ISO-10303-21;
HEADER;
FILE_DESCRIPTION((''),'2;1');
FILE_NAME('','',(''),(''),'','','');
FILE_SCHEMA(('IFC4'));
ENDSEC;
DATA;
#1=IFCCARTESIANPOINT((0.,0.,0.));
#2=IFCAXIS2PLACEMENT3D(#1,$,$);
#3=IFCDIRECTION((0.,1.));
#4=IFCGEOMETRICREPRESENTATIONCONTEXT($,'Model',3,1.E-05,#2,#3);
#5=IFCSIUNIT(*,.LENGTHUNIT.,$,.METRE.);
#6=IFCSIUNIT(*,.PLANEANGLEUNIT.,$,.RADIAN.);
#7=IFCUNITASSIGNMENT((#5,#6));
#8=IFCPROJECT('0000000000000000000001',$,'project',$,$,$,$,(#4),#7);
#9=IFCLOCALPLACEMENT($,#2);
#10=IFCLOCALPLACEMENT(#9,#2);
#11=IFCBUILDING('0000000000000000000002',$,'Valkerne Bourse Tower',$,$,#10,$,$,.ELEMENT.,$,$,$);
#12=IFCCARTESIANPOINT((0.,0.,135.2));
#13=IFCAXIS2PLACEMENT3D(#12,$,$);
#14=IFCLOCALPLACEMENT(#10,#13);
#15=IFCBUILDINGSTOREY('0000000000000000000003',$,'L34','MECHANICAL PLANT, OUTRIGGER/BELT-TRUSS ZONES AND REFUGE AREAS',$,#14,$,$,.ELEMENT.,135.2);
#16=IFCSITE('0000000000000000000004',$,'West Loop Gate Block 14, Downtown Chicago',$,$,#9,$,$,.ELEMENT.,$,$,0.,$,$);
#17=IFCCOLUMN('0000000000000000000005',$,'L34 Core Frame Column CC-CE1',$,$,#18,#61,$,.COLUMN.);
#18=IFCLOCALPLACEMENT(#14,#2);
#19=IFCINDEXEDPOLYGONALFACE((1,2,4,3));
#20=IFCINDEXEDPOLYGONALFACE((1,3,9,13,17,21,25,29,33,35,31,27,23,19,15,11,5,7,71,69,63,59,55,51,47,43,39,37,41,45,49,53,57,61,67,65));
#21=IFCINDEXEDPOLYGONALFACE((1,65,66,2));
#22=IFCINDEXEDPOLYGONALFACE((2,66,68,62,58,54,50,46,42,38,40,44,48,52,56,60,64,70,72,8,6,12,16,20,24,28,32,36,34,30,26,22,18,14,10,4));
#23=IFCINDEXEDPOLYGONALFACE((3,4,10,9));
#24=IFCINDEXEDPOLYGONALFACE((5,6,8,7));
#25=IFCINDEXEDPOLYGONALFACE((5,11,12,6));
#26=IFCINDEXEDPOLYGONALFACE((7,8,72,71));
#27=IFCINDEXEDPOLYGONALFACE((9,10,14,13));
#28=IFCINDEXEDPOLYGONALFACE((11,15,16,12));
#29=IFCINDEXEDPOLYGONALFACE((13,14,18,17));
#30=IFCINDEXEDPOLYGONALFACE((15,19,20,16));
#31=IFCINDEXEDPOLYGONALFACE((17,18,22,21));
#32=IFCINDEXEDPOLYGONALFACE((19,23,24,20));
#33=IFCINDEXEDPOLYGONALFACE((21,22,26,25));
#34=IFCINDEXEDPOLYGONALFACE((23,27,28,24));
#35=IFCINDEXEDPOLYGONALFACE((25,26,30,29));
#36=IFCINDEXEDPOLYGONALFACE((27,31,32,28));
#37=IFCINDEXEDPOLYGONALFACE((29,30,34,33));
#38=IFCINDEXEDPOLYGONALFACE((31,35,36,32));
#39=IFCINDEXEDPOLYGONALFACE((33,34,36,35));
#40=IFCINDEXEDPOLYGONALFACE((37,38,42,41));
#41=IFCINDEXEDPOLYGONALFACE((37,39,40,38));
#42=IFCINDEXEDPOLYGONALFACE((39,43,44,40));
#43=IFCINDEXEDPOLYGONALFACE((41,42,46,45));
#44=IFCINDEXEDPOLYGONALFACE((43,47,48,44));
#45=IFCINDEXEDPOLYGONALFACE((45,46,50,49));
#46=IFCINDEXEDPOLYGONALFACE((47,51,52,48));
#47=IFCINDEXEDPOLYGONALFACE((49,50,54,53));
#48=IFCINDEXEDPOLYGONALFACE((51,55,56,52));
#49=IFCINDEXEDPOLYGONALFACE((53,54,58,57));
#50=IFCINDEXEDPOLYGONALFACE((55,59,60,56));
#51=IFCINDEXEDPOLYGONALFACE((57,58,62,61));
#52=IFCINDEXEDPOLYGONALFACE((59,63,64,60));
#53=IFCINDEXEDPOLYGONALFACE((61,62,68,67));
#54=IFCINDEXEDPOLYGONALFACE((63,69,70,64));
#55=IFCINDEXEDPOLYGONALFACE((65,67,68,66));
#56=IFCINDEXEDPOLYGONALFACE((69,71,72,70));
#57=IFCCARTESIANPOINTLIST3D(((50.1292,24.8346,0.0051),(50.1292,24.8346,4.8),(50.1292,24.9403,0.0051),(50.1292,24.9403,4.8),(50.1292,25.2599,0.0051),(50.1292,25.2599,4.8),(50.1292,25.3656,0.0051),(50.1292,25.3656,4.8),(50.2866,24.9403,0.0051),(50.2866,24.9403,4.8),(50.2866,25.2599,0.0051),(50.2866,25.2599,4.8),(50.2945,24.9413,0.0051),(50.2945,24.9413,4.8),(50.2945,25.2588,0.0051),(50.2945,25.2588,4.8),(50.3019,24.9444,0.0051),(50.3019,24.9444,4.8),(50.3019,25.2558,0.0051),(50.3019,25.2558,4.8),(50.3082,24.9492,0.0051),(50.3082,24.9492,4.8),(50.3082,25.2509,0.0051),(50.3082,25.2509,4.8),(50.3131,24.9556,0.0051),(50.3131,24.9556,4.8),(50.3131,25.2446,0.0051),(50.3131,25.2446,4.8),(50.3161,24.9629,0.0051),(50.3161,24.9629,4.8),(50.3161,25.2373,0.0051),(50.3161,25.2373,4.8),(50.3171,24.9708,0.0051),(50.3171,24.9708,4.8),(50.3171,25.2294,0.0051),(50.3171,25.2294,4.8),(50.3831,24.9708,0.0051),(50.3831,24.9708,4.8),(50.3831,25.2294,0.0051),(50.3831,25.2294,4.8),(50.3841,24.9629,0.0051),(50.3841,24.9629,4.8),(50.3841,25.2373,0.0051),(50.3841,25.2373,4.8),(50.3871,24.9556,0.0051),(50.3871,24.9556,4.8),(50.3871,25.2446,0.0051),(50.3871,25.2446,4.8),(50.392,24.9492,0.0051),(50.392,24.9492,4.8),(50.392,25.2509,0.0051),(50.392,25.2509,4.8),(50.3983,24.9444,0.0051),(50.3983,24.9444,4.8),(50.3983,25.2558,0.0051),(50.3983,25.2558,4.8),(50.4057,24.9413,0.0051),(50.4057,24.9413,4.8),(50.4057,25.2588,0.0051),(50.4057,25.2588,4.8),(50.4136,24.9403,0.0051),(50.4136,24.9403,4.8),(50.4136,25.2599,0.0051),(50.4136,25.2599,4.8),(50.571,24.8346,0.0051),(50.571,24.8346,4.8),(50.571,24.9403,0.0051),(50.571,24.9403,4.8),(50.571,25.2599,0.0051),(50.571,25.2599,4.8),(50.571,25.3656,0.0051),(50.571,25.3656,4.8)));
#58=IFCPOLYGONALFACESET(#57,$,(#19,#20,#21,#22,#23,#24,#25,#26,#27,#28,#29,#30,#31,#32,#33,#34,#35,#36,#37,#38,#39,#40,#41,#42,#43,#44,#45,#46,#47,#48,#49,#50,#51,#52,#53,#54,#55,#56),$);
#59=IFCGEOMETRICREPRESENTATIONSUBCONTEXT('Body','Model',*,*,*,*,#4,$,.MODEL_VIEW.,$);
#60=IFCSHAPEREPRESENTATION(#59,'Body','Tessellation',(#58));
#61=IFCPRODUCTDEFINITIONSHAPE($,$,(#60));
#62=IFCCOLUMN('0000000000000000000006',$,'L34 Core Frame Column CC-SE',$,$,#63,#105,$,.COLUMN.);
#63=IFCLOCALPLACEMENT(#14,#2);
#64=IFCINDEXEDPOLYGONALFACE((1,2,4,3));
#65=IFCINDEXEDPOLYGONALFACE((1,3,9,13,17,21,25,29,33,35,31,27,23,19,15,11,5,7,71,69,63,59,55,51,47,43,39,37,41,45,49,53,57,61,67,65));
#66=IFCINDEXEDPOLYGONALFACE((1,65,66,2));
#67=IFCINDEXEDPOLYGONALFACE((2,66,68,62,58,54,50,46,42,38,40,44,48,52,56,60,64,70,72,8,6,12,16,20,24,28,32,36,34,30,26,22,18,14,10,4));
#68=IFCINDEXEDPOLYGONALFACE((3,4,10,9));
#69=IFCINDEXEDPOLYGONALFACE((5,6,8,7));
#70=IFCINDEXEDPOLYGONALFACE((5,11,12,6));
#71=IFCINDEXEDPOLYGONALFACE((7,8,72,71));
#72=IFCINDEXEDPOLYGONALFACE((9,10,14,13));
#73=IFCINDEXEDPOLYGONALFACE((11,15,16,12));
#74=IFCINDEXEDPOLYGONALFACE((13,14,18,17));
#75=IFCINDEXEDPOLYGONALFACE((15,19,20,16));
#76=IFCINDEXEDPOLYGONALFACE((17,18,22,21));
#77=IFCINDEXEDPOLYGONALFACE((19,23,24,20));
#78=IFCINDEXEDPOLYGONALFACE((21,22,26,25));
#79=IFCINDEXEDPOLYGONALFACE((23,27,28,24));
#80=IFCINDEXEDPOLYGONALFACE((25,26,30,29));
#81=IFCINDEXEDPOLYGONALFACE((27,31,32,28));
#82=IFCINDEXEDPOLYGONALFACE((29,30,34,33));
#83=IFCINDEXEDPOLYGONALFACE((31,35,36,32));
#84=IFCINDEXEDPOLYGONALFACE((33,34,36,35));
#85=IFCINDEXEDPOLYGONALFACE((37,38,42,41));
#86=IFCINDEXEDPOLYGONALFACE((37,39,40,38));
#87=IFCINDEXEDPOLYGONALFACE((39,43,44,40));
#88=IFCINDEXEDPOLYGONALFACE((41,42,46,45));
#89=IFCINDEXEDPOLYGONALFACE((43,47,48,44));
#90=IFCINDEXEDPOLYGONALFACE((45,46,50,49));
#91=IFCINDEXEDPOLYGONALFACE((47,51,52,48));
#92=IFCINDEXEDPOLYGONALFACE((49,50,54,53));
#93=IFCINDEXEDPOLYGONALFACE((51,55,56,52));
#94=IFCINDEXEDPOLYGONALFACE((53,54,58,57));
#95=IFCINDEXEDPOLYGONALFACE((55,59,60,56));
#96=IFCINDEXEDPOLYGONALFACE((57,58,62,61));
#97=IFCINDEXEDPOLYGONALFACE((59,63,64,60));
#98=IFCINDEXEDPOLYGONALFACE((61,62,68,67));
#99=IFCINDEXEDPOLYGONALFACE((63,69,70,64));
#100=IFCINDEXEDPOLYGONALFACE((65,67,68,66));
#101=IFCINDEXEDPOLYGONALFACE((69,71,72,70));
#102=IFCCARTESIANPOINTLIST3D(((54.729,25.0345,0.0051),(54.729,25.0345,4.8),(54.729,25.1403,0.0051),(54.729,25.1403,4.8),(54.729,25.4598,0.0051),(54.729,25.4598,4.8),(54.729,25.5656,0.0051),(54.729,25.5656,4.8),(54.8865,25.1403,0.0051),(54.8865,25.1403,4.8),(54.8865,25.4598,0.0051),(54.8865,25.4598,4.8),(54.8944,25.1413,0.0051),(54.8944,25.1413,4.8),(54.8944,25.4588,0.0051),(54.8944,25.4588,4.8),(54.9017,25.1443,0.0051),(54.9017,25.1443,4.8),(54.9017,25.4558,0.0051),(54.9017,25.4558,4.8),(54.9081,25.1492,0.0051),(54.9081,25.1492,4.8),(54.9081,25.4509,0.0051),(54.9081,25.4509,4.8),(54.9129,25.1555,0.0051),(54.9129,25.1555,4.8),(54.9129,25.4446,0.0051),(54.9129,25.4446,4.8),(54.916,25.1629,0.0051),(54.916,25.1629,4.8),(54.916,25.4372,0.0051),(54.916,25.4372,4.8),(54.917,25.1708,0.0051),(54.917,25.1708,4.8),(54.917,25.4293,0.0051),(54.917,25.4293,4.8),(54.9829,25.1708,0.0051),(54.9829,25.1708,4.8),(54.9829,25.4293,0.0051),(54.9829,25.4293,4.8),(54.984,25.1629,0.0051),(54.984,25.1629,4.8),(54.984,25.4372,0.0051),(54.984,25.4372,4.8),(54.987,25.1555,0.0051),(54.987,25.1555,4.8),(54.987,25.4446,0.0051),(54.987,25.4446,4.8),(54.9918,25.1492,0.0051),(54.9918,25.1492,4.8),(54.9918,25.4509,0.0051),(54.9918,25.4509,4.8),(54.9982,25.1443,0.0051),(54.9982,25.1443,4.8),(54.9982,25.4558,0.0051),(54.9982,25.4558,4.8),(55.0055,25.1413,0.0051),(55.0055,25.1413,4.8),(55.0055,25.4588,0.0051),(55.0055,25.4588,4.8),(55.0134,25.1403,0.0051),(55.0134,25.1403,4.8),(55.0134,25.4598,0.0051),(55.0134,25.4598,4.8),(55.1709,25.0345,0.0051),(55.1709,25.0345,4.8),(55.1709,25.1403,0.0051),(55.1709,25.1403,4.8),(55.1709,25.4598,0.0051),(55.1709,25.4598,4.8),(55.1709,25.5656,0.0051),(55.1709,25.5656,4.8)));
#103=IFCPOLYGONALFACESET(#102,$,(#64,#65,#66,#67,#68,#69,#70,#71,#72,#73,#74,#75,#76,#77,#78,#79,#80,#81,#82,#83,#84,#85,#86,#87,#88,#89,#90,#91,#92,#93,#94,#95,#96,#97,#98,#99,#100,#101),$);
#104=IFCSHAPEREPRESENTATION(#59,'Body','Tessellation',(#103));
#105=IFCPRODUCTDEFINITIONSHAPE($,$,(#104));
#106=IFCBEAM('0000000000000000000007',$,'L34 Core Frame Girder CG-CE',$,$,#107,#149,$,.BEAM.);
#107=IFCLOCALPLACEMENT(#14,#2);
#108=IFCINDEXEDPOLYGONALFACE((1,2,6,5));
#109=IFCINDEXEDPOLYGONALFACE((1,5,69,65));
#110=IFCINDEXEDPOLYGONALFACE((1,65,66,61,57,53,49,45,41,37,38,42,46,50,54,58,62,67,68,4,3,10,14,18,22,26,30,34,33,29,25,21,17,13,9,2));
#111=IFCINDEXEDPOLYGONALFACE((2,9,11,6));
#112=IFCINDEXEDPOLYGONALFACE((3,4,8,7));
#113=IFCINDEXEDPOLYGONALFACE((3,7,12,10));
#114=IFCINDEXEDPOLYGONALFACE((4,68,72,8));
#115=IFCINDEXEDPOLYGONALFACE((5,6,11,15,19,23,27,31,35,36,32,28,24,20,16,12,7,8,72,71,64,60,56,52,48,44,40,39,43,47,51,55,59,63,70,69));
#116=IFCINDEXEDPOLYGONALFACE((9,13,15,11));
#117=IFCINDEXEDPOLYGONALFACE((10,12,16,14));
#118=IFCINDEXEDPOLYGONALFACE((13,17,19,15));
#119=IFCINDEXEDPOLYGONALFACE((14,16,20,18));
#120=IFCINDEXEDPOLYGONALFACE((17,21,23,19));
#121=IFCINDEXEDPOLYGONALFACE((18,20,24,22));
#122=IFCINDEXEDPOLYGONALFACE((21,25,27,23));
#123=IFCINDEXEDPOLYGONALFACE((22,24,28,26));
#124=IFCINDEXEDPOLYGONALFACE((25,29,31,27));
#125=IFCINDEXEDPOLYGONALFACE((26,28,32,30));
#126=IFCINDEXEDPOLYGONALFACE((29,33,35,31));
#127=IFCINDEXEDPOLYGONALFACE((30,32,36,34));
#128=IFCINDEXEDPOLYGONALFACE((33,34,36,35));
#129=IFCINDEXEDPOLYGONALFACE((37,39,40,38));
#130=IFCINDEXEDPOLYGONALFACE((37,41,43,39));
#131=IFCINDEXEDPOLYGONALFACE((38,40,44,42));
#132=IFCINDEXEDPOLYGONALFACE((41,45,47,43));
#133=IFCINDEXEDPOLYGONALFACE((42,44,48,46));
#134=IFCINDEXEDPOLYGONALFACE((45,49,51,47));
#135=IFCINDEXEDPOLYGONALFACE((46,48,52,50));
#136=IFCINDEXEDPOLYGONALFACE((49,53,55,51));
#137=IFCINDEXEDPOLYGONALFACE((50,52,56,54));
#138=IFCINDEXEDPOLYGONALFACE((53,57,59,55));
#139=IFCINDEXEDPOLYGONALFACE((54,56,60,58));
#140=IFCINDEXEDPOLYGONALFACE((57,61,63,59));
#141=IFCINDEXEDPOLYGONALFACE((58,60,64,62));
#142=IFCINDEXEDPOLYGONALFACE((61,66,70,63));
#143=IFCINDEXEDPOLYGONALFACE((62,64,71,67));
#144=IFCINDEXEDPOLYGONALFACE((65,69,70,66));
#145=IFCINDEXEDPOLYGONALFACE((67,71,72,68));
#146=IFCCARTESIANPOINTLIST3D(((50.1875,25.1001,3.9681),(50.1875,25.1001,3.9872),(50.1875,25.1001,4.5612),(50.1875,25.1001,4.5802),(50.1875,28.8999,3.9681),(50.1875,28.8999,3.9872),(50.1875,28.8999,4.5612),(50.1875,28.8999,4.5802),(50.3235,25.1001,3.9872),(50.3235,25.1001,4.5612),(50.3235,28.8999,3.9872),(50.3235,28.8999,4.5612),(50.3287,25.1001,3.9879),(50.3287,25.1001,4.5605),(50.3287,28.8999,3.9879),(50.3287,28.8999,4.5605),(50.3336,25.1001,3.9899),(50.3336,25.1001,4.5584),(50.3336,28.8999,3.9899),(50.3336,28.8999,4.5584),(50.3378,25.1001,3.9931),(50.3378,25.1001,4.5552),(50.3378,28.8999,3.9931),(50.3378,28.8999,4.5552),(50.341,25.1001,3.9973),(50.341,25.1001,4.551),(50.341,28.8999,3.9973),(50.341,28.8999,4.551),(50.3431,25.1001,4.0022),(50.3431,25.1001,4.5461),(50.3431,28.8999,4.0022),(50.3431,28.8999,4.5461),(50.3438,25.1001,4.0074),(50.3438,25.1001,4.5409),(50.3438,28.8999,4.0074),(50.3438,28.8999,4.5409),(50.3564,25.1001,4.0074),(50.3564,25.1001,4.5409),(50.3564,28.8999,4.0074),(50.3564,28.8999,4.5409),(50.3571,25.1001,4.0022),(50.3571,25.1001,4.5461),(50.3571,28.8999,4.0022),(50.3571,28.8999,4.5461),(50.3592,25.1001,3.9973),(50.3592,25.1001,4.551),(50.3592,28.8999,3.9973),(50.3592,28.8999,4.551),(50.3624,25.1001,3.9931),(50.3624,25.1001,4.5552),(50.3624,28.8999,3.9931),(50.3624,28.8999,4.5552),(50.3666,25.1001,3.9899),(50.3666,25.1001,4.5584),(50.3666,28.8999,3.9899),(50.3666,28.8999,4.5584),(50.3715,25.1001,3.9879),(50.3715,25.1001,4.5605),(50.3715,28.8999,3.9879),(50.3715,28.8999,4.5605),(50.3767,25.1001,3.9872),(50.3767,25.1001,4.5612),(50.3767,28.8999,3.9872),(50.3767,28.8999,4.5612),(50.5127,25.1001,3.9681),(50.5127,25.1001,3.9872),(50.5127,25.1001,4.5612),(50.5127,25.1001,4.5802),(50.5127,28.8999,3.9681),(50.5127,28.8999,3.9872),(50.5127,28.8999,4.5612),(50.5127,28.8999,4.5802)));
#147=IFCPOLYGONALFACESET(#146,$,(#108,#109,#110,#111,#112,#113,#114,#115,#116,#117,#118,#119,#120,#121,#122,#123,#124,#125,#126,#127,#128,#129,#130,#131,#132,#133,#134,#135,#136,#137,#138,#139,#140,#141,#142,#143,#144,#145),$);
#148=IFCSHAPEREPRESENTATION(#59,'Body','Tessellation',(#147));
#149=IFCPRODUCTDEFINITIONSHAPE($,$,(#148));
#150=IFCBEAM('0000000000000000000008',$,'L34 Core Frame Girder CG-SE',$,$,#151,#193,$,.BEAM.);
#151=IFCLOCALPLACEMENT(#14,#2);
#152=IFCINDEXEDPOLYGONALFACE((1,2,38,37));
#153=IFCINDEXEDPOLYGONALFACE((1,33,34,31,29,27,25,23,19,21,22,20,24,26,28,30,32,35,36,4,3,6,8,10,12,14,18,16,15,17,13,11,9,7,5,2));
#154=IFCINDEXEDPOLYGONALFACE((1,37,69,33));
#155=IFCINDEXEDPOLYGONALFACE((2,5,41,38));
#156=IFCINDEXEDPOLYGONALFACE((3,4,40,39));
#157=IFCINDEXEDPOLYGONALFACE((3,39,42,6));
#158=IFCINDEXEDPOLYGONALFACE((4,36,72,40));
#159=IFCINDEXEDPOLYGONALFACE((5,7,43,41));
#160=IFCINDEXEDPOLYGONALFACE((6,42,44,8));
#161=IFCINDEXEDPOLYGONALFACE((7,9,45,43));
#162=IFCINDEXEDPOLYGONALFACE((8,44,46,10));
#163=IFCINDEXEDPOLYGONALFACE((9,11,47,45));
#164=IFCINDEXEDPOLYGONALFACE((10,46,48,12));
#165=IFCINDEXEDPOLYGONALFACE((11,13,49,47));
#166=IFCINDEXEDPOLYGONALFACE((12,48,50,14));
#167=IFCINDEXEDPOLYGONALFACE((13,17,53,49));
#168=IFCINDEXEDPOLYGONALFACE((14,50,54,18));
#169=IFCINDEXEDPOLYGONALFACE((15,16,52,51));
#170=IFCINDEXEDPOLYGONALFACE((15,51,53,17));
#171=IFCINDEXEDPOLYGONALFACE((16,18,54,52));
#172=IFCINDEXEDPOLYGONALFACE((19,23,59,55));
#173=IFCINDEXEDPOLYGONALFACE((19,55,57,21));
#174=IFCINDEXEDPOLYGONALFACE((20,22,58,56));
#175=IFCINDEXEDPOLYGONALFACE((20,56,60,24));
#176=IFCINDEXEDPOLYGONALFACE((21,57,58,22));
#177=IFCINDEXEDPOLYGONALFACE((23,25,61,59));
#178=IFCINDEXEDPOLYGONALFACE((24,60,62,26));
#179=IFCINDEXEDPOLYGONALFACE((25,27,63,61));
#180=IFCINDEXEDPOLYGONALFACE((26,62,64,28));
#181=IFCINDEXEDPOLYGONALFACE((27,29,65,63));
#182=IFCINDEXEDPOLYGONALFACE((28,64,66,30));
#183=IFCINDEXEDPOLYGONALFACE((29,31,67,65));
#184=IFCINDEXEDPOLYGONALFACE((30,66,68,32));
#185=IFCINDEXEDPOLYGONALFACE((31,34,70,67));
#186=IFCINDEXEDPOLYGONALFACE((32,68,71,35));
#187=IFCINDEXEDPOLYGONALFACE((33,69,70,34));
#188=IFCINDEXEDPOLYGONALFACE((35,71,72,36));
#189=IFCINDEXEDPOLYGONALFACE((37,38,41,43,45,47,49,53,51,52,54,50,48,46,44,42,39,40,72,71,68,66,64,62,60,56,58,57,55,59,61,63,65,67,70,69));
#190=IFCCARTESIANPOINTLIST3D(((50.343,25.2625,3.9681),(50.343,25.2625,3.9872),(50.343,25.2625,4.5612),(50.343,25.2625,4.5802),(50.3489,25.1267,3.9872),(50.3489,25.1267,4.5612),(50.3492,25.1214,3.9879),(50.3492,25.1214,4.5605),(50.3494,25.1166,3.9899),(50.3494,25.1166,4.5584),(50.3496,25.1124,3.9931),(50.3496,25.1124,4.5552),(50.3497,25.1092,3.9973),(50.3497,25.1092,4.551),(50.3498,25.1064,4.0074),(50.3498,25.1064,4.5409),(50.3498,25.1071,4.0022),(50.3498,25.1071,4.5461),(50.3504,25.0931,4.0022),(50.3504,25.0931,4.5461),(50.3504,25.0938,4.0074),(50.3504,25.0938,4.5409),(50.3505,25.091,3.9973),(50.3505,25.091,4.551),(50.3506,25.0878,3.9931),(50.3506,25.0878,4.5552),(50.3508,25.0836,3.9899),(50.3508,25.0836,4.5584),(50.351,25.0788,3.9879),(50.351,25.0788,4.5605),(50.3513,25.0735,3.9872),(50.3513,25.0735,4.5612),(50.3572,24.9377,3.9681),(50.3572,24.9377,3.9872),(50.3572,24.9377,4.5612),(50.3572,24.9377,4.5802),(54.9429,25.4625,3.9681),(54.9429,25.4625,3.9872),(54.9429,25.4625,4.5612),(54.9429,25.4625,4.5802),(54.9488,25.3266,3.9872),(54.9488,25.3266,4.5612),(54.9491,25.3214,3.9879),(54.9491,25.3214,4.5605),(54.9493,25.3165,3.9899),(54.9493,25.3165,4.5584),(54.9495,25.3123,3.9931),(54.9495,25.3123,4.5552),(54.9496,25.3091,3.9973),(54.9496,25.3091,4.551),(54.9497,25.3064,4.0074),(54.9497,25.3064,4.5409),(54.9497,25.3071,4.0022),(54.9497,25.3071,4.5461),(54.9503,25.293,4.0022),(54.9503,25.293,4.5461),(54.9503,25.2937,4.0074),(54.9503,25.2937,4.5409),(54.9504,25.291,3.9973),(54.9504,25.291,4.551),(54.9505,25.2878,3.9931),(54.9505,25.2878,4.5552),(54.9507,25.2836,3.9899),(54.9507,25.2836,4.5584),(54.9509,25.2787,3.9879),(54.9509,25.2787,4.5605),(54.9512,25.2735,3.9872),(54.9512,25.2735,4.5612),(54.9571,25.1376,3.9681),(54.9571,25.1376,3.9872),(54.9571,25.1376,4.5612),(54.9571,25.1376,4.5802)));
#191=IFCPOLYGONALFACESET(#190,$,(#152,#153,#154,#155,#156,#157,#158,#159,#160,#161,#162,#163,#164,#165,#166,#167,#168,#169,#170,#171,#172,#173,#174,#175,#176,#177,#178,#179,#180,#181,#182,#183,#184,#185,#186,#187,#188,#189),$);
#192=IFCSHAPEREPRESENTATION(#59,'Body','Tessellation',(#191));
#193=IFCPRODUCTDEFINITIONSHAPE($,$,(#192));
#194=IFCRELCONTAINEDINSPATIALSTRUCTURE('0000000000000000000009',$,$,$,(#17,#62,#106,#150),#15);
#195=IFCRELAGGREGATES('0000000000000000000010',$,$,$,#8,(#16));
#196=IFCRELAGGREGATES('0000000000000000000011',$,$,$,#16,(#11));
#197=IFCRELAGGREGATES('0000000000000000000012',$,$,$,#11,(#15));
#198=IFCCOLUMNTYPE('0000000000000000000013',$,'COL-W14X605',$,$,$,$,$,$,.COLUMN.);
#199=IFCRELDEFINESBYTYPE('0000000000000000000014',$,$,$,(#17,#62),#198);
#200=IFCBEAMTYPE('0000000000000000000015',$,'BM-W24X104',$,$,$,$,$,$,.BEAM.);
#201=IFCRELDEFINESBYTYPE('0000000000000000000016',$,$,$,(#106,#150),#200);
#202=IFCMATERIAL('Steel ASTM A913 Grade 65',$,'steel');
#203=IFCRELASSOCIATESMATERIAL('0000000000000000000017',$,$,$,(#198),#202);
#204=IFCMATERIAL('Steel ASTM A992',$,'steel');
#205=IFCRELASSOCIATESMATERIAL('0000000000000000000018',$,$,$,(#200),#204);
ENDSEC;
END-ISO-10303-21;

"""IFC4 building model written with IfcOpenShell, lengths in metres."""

from ifc_helpers import new_model, si_unit, direction, frame, origin, origin_2d, place, context, subcontext, project, spatial, i_section, extrude, material, material_profile, profile_set, type_object, element, save


model = new_model("IFC4")

# Units and contexts
model_context = context("Model", 3, precision=1e-05, world=origin(), true_north=direction((0.0, 1.0)))
body_context = subcontext(model_context, "Body", "Model", "MODEL_VIEW")
ifc_project = project(units=[si_unit("LENGTHUNIT", "METRE"), si_unit("PLANEANGLEUNIT", "RADIAN")], contexts=[model_context])

# Site, building, storey
site_placement = place(None, origin())
site = spatial("IfcSite", under=ifc_project, at=site_placement, Name="West Loop Gate Block 14, Downtown Chicago", CompositionType="ELEMENT", RefElevation=0.0)
building_placement = place(site_placement, origin())
building = spatial("IfcBuilding", under=site, at=building_placement, Name="Valkerne Bourse Tower", CompositionType="ELEMENT")
storey_placement = place(building_placement, frame((0.0, 0.0, 135.2)))
storey = spatial("IfcBuildingStorey", under=building, at=storey_placement, Name="L34", Description="MECHANICAL PLANT, OUTRIGGER/BELT-TRUSS ZONES AND REFUGE AREAS", CompositionType="ELEMENT", Elevation=135.2)

# Columns
ifc_material_1 = material(Name="Steel ASTM A913 Grade 65", Category="steel")
ifc_material_profile_1 = material_profile(ifc_material_1, i_section(OverallWidth=0.4419, OverallDepth=0.531, WebThickness=0.0659, FlangeThickness=0.1057, FilletRadius=0.0305, at=origin_2d()), Name="W14X605")
ifc_profile_set_1 = profile_set([ifc_material_profile_1], Name="Steel ASTM A913 Grade 65")
column_type = type_object("IfcColumnType", Name="COL-W14X605", PredefinedType="COLUMN", material=ifc_profile_set_1)
for number, where, z_axis, x_axis, name in (
    (1, (50.3501, 25.1001, 0.0051), (0.0, 0.0, 1.0), (1.0, 0.0, 0.0), "L34 Core Frame Column CC-CE1"),
    (2, (54.95, 25.3, 0.0051), (0.0, 0.0, 1.0), (1.0, 0.0, 0.0), "L34 Core Frame Column CC-SE"),
):
    element("IfcColumn", number, at=place(storey_placement, frame(where, z_axis=z_axis, x_axis=x_axis)), inside=storey, type_object=column_type, Name=name, PredefinedType="COLUMN", context=body_context, shape_type="SweptSolid", body=[
        extrude(i_section(OverallWidth=0.4419, OverallDepth=0.531, WebThickness=0.0659, FlangeThickness=0.1057, FilletRadius=0.0305, at=origin_2d()), origin(), (0.0, 0.0, 1.0), 4.7949),
    ])

# Beams
ifc_material_2 = material(Name="Steel ASTM A992", Category="steel")
ifc_material_profile_2 = material_profile(ifc_material_2, i_section(OverallWidth=0.3252, OverallDepth=0.6121, WebThickness=0.0127, FlangeThickness=0.019, FilletRadius=0.0203, at=origin_2d()), Name="W24X104")
ifc_profile_set_2 = profile_set([ifc_material_profile_2], Name="Steel ASTM A992")
beam_type = type_object("IfcBeamType", Name="BM-W24X104", PredefinedType="BEAM", material=ifc_profile_set_2)
beam_1_placement = place(storey_placement, frame((50.3501, 25.1001, 4.2742), z_axis=(0.0, 1.0, 0.0), x_axis=(-1.0, 0.0, 0.0)))
element("IfcBeam", 3, at=beam_1_placement, inside=storey, type_object=beam_type, Name="L34 Core Frame Girder CG-CE", PredefinedType="BEAM", context=body_context, shape_type="SweptSolid", body=[
    extrude(i_section(OverallWidth=0.3252, OverallDepth=0.6121, WebThickness=0.0127, FlangeThickness=0.019, FilletRadius=0.0203, at=origin_2d()), origin(), (0.0, 0.0, 1.0), 3.7998),
])
beam_2_placement = place(storey_placement, frame((50.3501, 25.1001, 4.2742), z_axis=(0.999057, 0.043428, 0.0), x_axis=(-0.043428, 0.999057, 0.0)))
element("IfcBeam", 4, at=beam_2_placement, inside=storey, type_object=beam_type, Name="L34 Core Frame Girder CG-SE", PredefinedType="BEAM", context=body_context, shape_type="SweptSolid", body=[
    extrude(i_section(OverallWidth=0.3252, OverallDepth=0.6121, WebThickness=0.0127, FlangeThickness=0.019, FilletRadius=0.0203, at=origin_2d()), origin(), (0.0, 0.0, 1.0), 4.6042),
])

save(model, "model.ifc")
